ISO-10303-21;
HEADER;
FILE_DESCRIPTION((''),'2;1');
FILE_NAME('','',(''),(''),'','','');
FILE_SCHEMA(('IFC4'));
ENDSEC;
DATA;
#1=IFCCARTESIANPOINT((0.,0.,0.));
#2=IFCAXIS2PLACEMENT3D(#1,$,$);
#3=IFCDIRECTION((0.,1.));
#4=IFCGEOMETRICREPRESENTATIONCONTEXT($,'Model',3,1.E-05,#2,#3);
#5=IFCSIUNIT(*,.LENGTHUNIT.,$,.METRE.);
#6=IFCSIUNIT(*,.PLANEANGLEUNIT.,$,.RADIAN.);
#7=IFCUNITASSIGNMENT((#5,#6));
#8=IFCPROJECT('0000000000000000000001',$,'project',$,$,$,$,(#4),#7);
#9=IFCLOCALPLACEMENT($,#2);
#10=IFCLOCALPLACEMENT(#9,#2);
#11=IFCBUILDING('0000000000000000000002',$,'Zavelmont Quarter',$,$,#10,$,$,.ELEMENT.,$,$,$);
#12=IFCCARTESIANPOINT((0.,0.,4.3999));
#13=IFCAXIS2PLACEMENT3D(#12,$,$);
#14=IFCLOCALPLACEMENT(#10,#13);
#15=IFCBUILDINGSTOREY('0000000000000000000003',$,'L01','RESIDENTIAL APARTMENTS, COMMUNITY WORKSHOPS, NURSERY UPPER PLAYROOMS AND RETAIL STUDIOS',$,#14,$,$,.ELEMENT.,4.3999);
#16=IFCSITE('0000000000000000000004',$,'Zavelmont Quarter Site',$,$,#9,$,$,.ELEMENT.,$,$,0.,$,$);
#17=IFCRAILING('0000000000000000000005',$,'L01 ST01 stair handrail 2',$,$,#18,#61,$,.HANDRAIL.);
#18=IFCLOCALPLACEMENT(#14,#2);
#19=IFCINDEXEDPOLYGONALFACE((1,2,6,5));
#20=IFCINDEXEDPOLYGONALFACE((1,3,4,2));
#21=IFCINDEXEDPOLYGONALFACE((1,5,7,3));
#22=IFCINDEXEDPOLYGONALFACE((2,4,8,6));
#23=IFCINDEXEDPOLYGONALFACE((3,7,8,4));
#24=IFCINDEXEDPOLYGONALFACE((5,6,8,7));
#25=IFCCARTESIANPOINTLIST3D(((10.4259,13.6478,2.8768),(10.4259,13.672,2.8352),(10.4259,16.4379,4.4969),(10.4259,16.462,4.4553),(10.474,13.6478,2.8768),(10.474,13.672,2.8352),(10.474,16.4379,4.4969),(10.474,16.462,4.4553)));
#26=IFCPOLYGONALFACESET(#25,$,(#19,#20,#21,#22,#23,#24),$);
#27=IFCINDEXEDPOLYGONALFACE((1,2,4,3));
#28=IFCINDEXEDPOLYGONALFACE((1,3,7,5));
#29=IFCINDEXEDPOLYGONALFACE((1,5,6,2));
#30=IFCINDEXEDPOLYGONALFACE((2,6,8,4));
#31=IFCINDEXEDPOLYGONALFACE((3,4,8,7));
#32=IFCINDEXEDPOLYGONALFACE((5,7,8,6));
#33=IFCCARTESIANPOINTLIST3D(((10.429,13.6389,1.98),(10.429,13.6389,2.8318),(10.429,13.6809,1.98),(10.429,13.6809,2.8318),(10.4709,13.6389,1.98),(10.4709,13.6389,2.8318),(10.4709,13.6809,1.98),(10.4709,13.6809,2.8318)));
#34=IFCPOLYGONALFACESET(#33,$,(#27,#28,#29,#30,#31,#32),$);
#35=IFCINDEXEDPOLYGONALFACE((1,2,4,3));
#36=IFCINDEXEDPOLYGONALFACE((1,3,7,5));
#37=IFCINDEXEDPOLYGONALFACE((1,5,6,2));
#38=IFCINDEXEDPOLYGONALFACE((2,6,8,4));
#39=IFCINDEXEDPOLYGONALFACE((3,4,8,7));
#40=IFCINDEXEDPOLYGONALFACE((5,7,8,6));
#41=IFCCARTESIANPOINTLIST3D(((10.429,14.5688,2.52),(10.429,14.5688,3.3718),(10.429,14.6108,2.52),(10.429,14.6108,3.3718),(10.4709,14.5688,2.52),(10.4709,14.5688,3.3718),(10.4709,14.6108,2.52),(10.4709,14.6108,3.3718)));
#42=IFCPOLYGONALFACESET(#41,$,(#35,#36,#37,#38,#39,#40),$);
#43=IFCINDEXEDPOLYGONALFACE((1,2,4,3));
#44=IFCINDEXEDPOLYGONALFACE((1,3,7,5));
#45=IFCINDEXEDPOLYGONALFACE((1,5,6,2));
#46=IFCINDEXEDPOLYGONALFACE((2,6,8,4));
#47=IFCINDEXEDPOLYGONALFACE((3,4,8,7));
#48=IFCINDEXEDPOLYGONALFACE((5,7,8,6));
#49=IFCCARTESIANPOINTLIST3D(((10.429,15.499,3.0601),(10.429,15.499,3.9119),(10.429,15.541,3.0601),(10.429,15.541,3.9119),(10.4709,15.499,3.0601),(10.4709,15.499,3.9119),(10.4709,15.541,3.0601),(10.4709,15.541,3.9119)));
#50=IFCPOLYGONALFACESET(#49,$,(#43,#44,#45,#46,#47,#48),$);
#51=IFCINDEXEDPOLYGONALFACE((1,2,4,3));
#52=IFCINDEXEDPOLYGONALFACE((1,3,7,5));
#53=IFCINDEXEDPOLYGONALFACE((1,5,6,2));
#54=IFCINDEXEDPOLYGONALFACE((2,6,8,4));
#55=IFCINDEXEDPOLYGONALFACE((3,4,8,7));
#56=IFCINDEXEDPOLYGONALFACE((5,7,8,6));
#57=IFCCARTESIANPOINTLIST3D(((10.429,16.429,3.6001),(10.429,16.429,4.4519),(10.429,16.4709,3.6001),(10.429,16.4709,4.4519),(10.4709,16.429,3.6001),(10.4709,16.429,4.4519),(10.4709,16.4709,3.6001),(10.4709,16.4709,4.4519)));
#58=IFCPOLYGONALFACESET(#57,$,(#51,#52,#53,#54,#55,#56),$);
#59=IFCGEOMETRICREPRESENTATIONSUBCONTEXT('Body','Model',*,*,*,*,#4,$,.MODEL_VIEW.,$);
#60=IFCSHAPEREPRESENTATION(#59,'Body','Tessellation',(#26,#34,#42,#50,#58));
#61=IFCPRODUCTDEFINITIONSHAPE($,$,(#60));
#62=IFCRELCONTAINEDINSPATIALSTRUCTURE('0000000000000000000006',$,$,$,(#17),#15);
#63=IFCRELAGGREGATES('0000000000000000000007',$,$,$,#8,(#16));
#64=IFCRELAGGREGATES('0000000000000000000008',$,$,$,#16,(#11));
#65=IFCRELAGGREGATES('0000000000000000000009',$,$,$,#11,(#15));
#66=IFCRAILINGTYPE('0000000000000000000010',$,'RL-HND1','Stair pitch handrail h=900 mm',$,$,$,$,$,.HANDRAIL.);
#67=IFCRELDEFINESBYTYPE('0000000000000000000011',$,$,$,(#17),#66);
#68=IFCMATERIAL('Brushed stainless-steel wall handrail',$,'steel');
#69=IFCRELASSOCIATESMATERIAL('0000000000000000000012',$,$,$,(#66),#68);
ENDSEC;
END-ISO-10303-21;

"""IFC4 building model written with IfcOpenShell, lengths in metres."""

from ifc_helpers import new_model, si_unit, direction, frame, origin, origin_2d, place, context, subcontext, project, spatial, rectangle, extrude, material, type_object, element, save


model = new_model("IFC4")

# Units and contexts
model_context = context("Model", 3, precision=1e-05, world=origin(), true_north=direction((0.0, 1.0)))
body_context = subcontext(model_context, "Body", "Model", "MODEL_VIEW")
ifc_project = project(units=[si_unit("LENGTHUNIT", "METRE"), si_unit("PLANEANGLEUNIT", "RADIAN")], contexts=[model_context])

# Site, building, storey
site_placement = place(None, origin())
site = spatial("IfcSite", under=ifc_project, at=site_placement, Name="Zavelmont Quarter Site", CompositionType="ELEMENT", RefElevation=0.0)
building_placement = place(site_placement, origin())
building = spatial("IfcBuilding", under=site, at=building_placement, Name="Zavelmont Quarter", CompositionType="ELEMENT")
storey_placement = place(building_placement, frame((0.0, 0.0, 4.3999)))
storey = spatial("IfcBuildingStorey", under=building, at=storey_placement, Name="L01", Description="RESIDENTIAL APARTMENTS, COMMUNITY WORKSHOPS, NURSERY UPPER PLAYROOMS AND RETAIL STUDIOS", CompositionType="ELEMENT", Elevation=4.3999)

# Railing
ifc_material_1 = material(Name="Brushed stainless-steel wall handrail", Category="steel")
railing_type_1 = type_object("IfcRailingType", Name="RL-HND1", Description="Stair pitch handrail h=900 mm", PredefinedType="HANDRAIL", material=ifc_material_1)
railing_1_placement = place(storey_placement, frame((10.45, 13.6599, 1.98)))
element("IfcRailing", 1, at=railing_1_placement, inside=storey, type_object=railing_type_1, Name="L01 ST01 stair handrail 2", PredefinedType="HANDRAIL", context=body_context, shape_type="SweptSolid", body=[
    extrude(rectangle(XDim=0.0481, YDim=0.0481, at=origin_2d()), frame((0.0, 0.0, 0.876), z_axis=(0.0, 0.864776, 0.502157), x_axis=(-1.0, 0.0, 0.0)), (0.0, 0.0, 1.0), 3.2263),
    extrude(rectangle(XDim=0.042, YDim=0.042, at=origin_2d()), origin(), (0.0, 0.0, 1.0), 0.8518),
    extrude(rectangle(XDim=0.042, YDim=0.042, at=origin_2d()), frame((0.0, 0.9299, 0.54)), (0.0, 0.0, 1.0), 0.8518),
    extrude(rectangle(XDim=0.042, YDim=0.042, at=origin_2d()), frame((0.0, 1.8601, 1.0801)), (0.0, 0.0, 1.0), 0.8518),
    extrude(rectangle(XDim=0.042, YDim=0.042, at=origin_2d()), frame((0.0, 2.79, 1.6201)), (0.0, 0.0, 1.0), 0.8518),
])

save(model, "model.ifc")
